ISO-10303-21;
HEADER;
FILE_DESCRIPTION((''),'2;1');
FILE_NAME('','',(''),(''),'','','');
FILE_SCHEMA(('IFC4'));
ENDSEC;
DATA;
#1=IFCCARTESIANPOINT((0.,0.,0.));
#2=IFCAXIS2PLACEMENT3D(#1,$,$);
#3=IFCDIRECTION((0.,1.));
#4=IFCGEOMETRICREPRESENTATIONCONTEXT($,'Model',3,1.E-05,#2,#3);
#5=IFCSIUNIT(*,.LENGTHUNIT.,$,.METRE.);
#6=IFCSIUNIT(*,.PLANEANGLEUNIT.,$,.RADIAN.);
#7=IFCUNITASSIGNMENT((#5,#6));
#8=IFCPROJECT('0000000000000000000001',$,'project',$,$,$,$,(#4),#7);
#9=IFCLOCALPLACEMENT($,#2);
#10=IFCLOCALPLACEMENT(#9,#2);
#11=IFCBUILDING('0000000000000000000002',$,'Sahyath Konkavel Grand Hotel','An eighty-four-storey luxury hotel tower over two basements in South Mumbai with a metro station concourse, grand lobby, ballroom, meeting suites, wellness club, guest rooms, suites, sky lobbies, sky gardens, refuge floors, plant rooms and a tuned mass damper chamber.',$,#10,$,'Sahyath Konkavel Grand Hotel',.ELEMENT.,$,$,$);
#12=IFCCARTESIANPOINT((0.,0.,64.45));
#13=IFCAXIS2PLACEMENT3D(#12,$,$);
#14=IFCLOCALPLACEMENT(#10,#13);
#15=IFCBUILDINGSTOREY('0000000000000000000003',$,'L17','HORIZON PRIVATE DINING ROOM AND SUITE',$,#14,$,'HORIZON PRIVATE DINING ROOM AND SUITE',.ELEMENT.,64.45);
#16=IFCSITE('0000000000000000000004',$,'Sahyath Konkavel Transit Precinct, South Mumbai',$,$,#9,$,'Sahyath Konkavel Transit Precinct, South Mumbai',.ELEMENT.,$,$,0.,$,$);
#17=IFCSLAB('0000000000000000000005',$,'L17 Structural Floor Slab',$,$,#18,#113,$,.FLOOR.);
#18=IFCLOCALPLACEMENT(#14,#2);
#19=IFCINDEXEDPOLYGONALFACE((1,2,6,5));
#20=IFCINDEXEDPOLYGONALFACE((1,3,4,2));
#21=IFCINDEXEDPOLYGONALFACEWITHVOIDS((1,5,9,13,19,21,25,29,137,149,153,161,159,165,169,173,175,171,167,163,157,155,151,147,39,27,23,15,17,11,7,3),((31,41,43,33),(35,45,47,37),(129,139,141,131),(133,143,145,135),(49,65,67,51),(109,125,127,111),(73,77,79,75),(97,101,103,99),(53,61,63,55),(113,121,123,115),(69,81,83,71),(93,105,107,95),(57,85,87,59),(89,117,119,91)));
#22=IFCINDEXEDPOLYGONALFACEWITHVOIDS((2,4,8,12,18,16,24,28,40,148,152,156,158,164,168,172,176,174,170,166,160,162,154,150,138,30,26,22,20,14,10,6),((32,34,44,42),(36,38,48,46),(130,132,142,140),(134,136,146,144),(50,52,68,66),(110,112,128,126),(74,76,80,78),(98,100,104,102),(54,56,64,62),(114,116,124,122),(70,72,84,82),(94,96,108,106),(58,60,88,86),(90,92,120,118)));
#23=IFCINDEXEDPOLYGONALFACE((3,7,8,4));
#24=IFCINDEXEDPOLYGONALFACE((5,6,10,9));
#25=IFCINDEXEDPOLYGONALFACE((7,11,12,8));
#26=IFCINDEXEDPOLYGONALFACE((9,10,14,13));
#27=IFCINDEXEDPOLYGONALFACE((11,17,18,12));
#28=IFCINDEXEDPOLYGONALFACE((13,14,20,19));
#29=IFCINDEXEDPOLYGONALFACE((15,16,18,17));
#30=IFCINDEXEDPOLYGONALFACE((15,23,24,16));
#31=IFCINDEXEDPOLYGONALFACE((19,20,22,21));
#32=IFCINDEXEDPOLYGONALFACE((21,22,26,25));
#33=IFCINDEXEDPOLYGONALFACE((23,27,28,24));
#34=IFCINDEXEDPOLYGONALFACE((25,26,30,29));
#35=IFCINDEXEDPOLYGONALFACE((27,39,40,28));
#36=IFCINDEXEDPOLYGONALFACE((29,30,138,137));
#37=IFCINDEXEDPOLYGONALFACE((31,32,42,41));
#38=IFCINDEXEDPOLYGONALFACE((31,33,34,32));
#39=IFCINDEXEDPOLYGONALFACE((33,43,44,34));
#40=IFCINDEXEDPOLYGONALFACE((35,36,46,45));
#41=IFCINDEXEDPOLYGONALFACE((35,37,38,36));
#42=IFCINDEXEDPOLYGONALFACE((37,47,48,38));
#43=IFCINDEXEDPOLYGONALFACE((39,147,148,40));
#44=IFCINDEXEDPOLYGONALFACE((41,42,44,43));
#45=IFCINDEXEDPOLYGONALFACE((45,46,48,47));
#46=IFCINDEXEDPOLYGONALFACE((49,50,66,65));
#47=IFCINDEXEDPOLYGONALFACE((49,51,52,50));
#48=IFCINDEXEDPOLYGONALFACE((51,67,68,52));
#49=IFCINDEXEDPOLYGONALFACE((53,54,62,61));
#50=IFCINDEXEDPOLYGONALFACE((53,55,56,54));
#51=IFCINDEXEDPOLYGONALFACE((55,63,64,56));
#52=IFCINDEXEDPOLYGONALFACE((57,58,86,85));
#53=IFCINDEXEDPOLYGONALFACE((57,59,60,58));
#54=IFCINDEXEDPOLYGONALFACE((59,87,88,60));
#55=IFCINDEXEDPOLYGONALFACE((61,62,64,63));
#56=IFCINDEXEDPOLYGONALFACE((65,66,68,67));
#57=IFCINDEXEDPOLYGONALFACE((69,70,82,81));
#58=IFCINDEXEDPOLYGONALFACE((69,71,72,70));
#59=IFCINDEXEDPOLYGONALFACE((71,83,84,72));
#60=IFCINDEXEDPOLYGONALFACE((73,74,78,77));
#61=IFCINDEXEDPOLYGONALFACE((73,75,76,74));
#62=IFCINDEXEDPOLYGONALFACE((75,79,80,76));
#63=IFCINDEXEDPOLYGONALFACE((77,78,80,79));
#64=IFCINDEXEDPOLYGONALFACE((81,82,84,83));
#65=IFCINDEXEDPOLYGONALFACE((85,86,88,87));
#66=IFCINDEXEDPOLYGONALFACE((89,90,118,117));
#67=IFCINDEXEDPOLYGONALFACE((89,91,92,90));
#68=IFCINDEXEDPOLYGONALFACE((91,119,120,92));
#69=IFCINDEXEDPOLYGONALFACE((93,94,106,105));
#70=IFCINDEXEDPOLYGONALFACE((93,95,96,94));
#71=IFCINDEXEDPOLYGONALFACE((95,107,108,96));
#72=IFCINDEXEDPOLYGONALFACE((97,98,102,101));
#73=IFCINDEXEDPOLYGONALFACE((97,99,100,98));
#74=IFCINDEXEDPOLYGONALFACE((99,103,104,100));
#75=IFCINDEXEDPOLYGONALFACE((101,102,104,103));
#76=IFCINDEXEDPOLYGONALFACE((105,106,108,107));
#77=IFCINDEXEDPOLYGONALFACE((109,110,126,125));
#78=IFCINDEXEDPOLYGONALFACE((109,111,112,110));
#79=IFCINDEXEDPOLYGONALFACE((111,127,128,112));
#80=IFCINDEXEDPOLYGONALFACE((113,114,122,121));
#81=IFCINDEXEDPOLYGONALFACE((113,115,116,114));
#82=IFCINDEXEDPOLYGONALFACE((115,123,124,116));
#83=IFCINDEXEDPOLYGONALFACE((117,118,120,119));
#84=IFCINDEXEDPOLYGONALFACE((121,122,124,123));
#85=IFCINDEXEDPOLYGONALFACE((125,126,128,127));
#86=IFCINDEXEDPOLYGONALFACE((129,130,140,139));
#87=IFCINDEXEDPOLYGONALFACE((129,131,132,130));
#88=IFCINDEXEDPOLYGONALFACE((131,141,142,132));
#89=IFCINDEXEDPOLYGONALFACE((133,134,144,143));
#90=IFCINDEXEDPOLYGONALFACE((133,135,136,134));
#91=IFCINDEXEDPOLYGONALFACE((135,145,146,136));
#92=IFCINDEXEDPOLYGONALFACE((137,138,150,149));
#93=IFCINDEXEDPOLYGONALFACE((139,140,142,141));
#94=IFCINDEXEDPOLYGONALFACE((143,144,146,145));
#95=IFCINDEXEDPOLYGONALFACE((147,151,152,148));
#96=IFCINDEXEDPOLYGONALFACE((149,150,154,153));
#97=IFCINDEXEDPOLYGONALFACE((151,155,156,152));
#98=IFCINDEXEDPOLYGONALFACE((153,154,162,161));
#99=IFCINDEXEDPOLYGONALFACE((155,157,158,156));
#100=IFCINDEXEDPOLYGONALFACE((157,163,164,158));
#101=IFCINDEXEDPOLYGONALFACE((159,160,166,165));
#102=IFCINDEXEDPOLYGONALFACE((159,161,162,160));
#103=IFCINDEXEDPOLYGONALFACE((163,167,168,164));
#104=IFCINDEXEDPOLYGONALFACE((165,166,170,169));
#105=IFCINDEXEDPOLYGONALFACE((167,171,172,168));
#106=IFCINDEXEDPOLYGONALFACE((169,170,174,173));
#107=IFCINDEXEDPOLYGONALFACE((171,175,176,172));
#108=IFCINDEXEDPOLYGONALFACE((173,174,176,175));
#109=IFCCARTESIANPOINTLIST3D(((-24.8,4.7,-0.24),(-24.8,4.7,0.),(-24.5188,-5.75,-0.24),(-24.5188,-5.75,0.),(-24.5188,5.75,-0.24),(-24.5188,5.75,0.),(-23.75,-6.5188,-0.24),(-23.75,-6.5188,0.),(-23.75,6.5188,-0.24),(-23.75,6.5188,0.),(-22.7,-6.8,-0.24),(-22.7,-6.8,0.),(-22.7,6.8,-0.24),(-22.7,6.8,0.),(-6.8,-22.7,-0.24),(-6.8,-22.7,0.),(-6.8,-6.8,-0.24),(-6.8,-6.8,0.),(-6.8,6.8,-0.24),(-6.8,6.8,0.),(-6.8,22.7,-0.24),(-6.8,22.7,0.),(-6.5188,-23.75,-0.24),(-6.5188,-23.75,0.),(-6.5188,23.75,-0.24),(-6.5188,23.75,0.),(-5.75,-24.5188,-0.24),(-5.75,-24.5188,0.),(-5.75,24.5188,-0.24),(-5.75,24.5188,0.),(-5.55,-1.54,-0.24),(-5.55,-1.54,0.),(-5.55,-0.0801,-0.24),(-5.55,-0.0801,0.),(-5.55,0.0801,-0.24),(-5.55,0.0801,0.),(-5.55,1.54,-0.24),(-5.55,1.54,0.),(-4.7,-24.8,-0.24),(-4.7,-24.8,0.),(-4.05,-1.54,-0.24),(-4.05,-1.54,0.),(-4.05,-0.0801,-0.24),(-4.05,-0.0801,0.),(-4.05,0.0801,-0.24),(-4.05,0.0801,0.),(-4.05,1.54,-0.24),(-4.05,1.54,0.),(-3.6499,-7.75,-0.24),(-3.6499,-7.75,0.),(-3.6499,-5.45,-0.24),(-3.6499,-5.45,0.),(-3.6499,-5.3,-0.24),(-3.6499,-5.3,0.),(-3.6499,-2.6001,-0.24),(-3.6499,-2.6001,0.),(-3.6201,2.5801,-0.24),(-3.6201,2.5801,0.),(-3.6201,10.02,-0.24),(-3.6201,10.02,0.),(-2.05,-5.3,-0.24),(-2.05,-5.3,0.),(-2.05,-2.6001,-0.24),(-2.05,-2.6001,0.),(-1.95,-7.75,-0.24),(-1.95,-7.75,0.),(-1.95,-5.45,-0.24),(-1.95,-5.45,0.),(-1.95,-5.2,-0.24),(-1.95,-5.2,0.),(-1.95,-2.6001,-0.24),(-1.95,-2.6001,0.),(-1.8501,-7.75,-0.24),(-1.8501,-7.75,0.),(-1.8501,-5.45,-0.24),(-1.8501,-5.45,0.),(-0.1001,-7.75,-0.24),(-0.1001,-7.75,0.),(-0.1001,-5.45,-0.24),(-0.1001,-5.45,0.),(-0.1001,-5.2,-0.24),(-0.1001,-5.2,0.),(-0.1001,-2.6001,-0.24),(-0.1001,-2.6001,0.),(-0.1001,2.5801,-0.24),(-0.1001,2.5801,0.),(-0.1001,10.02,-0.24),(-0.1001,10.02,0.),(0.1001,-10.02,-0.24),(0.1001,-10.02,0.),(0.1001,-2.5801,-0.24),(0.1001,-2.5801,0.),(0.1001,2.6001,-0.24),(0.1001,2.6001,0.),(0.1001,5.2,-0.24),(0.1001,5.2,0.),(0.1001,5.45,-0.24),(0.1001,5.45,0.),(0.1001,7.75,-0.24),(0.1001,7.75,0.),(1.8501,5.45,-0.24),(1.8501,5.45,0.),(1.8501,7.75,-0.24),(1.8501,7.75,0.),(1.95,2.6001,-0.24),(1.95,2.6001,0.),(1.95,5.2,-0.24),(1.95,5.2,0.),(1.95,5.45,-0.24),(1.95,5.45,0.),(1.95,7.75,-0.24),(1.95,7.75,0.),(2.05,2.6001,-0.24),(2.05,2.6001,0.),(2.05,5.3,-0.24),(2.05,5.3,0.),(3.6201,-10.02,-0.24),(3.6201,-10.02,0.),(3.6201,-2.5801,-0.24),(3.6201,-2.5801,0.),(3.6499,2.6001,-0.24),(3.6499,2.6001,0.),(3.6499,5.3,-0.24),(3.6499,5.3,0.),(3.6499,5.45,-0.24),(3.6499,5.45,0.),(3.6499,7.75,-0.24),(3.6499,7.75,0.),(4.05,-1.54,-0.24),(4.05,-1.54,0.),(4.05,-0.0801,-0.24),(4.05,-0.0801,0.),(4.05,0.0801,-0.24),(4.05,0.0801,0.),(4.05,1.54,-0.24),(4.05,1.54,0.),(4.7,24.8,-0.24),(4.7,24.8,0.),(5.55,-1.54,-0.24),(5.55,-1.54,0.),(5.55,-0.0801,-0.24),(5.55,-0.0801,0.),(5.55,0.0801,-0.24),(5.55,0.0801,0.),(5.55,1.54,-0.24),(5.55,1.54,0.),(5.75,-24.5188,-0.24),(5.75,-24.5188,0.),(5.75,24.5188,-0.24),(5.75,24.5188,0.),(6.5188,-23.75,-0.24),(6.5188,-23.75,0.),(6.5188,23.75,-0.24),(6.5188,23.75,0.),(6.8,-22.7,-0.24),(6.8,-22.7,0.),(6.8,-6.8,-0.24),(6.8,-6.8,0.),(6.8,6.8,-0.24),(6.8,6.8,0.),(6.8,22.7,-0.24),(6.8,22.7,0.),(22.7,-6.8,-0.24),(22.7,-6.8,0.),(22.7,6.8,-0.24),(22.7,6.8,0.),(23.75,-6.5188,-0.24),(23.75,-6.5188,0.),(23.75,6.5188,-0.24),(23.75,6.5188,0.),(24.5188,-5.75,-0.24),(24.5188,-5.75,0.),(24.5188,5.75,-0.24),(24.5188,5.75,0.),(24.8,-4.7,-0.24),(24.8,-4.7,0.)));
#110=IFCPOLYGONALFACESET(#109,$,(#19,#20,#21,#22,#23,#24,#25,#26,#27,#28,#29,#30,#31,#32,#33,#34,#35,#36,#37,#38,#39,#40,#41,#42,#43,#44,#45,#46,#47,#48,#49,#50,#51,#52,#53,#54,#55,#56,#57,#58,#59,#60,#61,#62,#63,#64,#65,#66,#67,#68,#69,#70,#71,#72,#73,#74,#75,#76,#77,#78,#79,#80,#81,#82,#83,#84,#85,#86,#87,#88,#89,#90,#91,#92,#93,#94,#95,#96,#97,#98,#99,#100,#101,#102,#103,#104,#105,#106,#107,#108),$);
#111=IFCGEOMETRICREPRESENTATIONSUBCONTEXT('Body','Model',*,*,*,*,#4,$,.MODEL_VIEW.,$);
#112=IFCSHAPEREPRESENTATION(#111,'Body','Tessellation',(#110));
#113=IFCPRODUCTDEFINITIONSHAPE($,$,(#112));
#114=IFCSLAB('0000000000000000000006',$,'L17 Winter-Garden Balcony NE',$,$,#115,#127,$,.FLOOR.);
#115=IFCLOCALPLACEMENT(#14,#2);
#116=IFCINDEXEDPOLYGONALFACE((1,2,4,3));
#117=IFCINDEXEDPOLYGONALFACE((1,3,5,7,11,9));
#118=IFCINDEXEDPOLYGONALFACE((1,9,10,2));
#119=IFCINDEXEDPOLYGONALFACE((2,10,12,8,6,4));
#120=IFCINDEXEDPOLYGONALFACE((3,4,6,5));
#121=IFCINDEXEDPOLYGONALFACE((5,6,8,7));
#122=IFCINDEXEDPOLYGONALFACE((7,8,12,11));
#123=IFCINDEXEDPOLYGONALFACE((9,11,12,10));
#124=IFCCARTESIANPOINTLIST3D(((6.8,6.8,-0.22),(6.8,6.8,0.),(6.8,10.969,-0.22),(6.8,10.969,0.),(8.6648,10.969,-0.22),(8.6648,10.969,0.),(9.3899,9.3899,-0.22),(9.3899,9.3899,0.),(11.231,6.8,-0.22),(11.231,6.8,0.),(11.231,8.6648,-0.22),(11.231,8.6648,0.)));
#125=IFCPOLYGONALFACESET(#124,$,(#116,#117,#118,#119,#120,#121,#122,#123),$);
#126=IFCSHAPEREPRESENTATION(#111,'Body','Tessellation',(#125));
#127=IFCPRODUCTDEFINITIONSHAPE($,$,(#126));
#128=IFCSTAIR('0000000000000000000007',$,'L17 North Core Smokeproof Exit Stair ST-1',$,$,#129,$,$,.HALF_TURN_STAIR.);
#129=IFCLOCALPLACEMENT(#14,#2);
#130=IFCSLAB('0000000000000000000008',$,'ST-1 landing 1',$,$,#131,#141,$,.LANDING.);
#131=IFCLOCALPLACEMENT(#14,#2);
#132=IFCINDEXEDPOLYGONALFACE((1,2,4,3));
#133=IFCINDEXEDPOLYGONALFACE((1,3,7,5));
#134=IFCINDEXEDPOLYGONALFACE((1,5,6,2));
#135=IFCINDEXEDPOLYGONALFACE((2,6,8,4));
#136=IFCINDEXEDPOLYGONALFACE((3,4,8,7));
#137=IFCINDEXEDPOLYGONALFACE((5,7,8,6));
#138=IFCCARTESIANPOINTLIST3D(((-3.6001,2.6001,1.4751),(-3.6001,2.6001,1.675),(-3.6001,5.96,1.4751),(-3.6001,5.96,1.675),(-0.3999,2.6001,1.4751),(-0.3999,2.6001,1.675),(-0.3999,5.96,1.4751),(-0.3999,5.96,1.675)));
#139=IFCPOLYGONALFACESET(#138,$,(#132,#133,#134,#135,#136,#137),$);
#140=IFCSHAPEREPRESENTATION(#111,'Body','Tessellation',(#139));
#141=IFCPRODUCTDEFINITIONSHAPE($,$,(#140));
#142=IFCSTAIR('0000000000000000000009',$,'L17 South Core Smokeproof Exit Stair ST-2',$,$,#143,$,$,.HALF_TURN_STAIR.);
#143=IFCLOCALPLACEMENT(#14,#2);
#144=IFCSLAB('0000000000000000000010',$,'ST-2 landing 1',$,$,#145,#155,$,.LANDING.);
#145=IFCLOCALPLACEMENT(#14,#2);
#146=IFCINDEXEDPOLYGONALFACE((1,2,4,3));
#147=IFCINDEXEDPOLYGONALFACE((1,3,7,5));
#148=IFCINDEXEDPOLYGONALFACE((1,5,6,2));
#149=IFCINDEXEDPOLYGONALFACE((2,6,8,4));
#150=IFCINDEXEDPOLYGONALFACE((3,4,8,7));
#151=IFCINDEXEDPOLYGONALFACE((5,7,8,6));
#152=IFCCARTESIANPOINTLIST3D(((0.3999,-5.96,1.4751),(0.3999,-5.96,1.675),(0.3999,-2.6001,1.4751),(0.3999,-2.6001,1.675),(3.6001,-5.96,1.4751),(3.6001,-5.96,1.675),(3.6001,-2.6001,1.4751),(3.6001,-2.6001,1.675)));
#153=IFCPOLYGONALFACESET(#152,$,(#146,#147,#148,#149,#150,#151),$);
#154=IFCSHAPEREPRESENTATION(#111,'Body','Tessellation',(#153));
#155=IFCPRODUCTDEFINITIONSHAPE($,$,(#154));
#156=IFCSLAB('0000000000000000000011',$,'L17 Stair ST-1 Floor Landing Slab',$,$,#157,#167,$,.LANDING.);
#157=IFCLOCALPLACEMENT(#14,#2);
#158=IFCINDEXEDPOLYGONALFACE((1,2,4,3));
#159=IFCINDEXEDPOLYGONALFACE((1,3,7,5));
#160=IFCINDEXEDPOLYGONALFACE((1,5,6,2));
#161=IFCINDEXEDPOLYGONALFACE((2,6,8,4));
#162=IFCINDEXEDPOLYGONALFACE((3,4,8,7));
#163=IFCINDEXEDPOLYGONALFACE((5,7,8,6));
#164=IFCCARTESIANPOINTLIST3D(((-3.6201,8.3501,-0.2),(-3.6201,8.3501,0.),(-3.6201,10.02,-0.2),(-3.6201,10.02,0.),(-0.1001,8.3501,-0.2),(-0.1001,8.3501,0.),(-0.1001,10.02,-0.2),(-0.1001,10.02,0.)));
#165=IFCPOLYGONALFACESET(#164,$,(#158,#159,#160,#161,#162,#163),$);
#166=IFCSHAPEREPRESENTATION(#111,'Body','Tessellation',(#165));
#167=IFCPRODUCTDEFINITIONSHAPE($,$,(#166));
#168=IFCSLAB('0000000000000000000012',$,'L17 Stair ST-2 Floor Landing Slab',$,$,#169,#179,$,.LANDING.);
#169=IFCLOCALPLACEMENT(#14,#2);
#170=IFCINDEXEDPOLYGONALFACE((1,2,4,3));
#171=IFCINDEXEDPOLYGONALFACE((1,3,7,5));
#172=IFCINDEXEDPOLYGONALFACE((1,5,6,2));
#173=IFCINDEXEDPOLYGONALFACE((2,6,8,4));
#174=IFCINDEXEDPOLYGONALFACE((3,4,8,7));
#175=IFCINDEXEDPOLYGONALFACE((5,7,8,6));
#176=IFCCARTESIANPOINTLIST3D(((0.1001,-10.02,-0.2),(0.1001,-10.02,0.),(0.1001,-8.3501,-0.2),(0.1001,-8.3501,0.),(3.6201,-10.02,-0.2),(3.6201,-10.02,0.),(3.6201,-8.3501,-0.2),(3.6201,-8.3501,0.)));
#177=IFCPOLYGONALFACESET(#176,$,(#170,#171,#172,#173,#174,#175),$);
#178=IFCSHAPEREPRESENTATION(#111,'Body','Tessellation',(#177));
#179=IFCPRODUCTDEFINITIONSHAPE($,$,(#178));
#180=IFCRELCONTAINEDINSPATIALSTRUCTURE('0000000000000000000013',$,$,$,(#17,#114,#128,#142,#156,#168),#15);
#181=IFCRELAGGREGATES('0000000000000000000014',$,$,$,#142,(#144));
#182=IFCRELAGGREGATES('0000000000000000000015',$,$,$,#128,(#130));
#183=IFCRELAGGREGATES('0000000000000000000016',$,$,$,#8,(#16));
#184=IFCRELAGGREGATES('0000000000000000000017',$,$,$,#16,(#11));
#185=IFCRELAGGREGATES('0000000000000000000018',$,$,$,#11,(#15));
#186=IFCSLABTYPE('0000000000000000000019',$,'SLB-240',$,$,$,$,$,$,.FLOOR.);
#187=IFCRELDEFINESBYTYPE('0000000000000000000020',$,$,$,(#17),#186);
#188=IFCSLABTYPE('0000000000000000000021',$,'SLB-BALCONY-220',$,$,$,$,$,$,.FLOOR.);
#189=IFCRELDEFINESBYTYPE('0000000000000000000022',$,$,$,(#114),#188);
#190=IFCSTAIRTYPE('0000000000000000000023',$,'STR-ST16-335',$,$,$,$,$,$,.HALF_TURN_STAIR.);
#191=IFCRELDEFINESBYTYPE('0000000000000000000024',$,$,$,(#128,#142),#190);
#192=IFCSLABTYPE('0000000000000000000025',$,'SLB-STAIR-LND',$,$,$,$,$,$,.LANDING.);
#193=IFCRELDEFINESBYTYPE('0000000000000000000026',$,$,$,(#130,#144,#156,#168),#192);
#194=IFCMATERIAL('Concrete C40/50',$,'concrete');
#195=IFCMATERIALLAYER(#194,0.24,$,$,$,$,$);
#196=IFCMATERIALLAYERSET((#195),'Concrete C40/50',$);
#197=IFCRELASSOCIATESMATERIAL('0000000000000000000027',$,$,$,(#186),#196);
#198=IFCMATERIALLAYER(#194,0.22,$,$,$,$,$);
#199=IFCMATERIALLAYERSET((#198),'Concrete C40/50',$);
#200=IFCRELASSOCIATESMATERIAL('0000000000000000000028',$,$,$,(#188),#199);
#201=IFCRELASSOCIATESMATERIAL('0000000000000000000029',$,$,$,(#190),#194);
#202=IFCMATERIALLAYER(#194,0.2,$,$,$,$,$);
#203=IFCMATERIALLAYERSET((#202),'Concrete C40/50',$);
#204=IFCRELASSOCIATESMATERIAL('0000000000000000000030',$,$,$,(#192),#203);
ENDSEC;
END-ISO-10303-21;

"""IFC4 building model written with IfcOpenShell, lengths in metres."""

from ifc_helpers import new_model, si_unit, direction, frame, origin, place, context, subcontext, project, spatial, polyline, outline, extrude, material, layer, layer_set, type_object, element, aggregate, save


model = new_model("IFC4")

# Units and contexts
model_context = context("Model", 3, precision=1e-05, world=origin(), true_north=direction((0.0, 1.0)))
body_context = subcontext(model_context, "Body", "Model", "MODEL_VIEW")
ifc_project = project(units=[si_unit("LENGTHUNIT", "METRE"), si_unit("PLANEANGLEUNIT", "RADIAN")], contexts=[model_context])

# Site, building, storey
site_placement = place(None, origin())
site = spatial("IfcSite", under=ifc_project, at=site_placement, Name="Sahyath Konkavel Transit Precinct, South Mumbai", LongName="Sahyath Konkavel Transit Precinct, South Mumbai", CompositionType="ELEMENT", RefElevation=0.0)
building_placement = place(site_placement, origin())
building = spatial("IfcBuilding", under=site, at=building_placement, Name="Sahyath Konkavel Grand Hotel", Description="An eighty-four-storey luxury hotel tower over two basements in South Mumbai with a metro station concourse, grand lobby, ballroom, meeting suites, wellness club, guest rooms, suites, sky lobbies, sky gardens, refuge floors, plant rooms and a tuned mass damper chamber.", LongName="Sahyath Konkavel Grand Hotel", CompositionType="ELEMENT")
storey_placement = place(building_placement, frame((0.0, 0.0, 64.45)))
storey = spatial("IfcBuildingStorey", under=building, at=storey_placement, Name="L17", Description="HORIZON PRIVATE DINING ROOM AND SUITE", LongName="HORIZON PRIVATE DINING ROOM AND SUITE", CompositionType="ELEMENT", Elevation=64.45)

# Slabs
ifc_material_1 = material(Name="Concrete C40/50", Category="concrete")
ifc_layer_1 = layer(ifc_material_1, 0.24)
ifc_layer_set_1 = layer_set([ifc_layer_1], Name="Concrete C40/50")
slab_type_1 = type_object("IfcSlabType", Name="SLB-240", PredefinedType="FLOOR", material=ifc_layer_set_1)
slab_1_placement = place(storey_placement, frame((0.0, 0.0, -0.24)))
element("IfcSlab", 1, at=slab_1_placement, inside=storey, type_object=slab_type_1, Name="L17 Structural Floor Slab", PredefinedType="FLOOR", context=body_context, shape_type="SweptSolid", body=[
    extrude(outline(polyline([(6.8, -6.8), (22.7, -6.8), (23.75, -6.5188), (24.5188, -5.75), (24.8, -4.7), (24.5188, 5.75), (23.75, 6.5188), (22.7, 6.8), (6.8, 6.8), (6.8, 22.7), (6.5188, 23.75), (5.75, 24.5188), (4.7, 24.8), (-5.75, 24.5188), (-6.5188, 23.75), (-6.8, 22.7), (-6.8, 6.8), (-22.7, 6.8), (-23.75, 6.5188), (-24.5188, 5.75), (-24.8, 4.7), (-24.5188, -5.75), (-23.75, -6.5188), (-22.7, -6.8), (-6.8, -6.8), (-6.8, -22.7), (-6.5188, -23.75), (-5.75, -24.5188), (-4.7, -24.8), (5.75, -24.5188), (6.5188, -23.75), (6.8, -22.7), (6.8, -6.8)]), holes=[polyline([(-3.6201, 2.5801), (-0.1001, 2.5801), (-0.1001, 10.02), (-3.6201, 10.02), (-3.6201, 2.5801)]), polyline([(0.1001, -10.02), (3.6201, -10.02), (3.6201, -2.5801), (0.1001, -2.5801), (0.1001, -10.02)]), polyline([(0.1001, 2.6001), (1.95, 2.6001), (1.95, 5.2), (0.1001, 5.2), (0.1001, 2.6001)]), polyline([(-1.95, -5.2), (-0.1001, -5.2), (-0.1001, -2.6001), (-1.95, -2.6001), (-1.95, -5.2)]), polyline([(2.05, 2.6001), (3.6499, 2.6001), (3.6499, 5.3), (2.05, 5.3), (2.05, 2.6001)]), polyline([(-3.6499, -5.3), (-2.05, -5.3), (-2.05, -2.6001), (-3.6499, -2.6001), (-3.6499, -5.3)]), polyline([(0.1001, 5.45), (1.8501, 5.45), (1.8501, 7.75), (0.1001, 7.75), (0.1001, 5.45)]), polyline([(1.95, 5.45), (3.6499, 5.45), (3.6499, 7.75), (1.95, 7.75), (1.95, 5.45)]), polyline([(-3.6499, -7.75), (-1.95, -7.75), (-1.95, -5.45), (-3.6499, -5.45), (-3.6499, -7.75)]), polyline([(-1.8501, -7.75), (-0.1001, -7.75), (-0.1001, -5.45), (-1.8501, -5.45), (-1.8501, -7.75)]), polyline([(4.05, 0.0801), (5.55, 0.0801), (5.55, 1.54), (4.05, 1.54), (4.05, 0.0801)]), polyline([(4.05, -1.54), (5.55, -1.54), (5.55, -0.0801), (4.05, -0.0801), (4.05, -1.54)]), polyline([(-5.55, 0.0801), (-4.05, 0.0801), (-4.05, 1.54), (-5.55, 1.54), (-5.55, 0.0801)]), polyline([(-5.55, -1.54), (-4.05, -1.54), (-4.05, -0.0801), (-5.55, -0.0801), (-5.55, -1.54)])]), origin(), (0.0, 0.0, 1.0), 0.24),
])
ifc_layer_2 = layer(ifc_material_1, 0.22)
ifc_layer_set_2 = layer_set([ifc_layer_2], Name="Concrete C40/50")
slab_type_2 = type_object("IfcSlabType", Name="SLB-BALCONY-220", PredefinedType="FLOOR", material=ifc_layer_set_2)
slab_2_placement = place(storey_placement, frame((0.0, 0.0, -0.22)))
element("IfcSlab", 2, at=slab_2_placement, inside=storey, type_object=slab_type_2, Name="L17 Winter-Garden Balcony NE", PredefinedType="FLOOR", context=body_context, shape_type="SweptSolid", body=[
    extrude(outline(polyline([(6.8, 6.8), (11.231, 6.8), (11.231, 8.6648), (9.3899, 9.3899), (8.6648, 10.969), (6.8, 10.969), (6.8, 6.8)])), origin(), (0.0, 0.0, 1.0), 0.22),
])

# Stairs, slabs
stair_type = type_object("IfcStairType", Name="STR-ST16-335", PredefinedType="HALF_TURN_STAIR", material=ifc_material_1)
stair_1_placement = place(storey_placement, origin())
stair_1 = element("IfcStair", 3, at=stair_1_placement, inside=storey, type_object=stair_type, Name="L17 North Core Smokeproof Exit Stair ST-1", PredefinedType="HALF_TURN_STAIR")
ifc_layer_3 = layer(ifc_material_1, 0.2)
ifc_layer_set_3 = layer_set([ifc_layer_3], Name="Concrete C40/50")
slab_type_3 = type_object("IfcSlabType", Name="SLB-STAIR-LND", PredefinedType="LANDING", material=ifc_layer_set_3)
slab_3_placement = place(storey_placement, frame((0.0, 0.0, 1.4751)))
slab_3 = element("IfcSlab", 4, at=slab_3_placement, type_object=slab_type_3, Name="ST-1 landing 1", PredefinedType="LANDING", context=body_context, shape_type="SweptSolid", body=[
    extrude(outline(polyline([(-3.6001, 5.96), (-3.6001, 2.6001), (-0.3999, 2.6001), (-0.3999, 5.96), (-3.6001, 5.96)])), origin(), (0.0, 0.0, 1.0), 0.2),
])
stair_2_placement = place(storey_placement, origin())
stair_2 = element("IfcStair", 5, at=stair_2_placement, inside=storey, type_object=stair_type, Name="L17 South Core Smokeproof Exit Stair ST-2", PredefinedType="HALF_TURN_STAIR")
slab_4_placement = place(storey_placement, frame((0.0, 0.0, 1.4751)))
slab_4 = element("IfcSlab", 6, at=slab_4_placement, type_object=slab_type_3, Name="ST-2 landing 1", PredefinedType="LANDING", context=body_context, shape_type="SweptSolid", body=[
    extrude(outline(polyline([(3.6001, -5.96), (3.6001, -2.6001), (0.3999, -2.6001), (0.3999, -5.96), (3.6001, -5.96)])), origin(), (0.0, 0.0, 1.0), 0.2),
])
aggregate(stair_2, [slab_4])

# Slabs
slab_5_placement = place(storey_placement, frame((0.0, 0.0, -0.2)))
element("IfcSlab", 7, at=slab_5_placement, inside=storey, type_object=slab_type_3, Name="L17 Stair ST-1 Floor Landing Slab", PredefinedType="LANDING", context=body_context, shape_type="SweptSolid", body=[
    extrude(outline(polyline([(-3.6201, 8.3501), (-0.1001, 8.3501), (-0.1001, 10.02), (-3.6201, 10.02), (-3.6201, 8.3501)])), origin(), (0.0, 0.0, 1.0), 0.2),
])
slab_6_placement = place(storey_placement, frame((0.0, 0.0, -0.2)))
element("IfcSlab", 8, at=slab_6_placement, inside=storey, type_object=slab_type_3, Name="L17 Stair ST-2 Floor Landing Slab", PredefinedType="LANDING", context=body_context, shape_type="SweptSolid", body=[
    extrude(outline(polyline([(0.1001, -10.02), (3.6201, -10.02), (3.6201, -8.3501), (0.1001, -8.3501), (0.1001, -10.02)])), origin(), (0.0, 0.0, 1.0), 0.2),
])

aggregate(stair_1, [slab_3])

save(model, "model.ifc")
